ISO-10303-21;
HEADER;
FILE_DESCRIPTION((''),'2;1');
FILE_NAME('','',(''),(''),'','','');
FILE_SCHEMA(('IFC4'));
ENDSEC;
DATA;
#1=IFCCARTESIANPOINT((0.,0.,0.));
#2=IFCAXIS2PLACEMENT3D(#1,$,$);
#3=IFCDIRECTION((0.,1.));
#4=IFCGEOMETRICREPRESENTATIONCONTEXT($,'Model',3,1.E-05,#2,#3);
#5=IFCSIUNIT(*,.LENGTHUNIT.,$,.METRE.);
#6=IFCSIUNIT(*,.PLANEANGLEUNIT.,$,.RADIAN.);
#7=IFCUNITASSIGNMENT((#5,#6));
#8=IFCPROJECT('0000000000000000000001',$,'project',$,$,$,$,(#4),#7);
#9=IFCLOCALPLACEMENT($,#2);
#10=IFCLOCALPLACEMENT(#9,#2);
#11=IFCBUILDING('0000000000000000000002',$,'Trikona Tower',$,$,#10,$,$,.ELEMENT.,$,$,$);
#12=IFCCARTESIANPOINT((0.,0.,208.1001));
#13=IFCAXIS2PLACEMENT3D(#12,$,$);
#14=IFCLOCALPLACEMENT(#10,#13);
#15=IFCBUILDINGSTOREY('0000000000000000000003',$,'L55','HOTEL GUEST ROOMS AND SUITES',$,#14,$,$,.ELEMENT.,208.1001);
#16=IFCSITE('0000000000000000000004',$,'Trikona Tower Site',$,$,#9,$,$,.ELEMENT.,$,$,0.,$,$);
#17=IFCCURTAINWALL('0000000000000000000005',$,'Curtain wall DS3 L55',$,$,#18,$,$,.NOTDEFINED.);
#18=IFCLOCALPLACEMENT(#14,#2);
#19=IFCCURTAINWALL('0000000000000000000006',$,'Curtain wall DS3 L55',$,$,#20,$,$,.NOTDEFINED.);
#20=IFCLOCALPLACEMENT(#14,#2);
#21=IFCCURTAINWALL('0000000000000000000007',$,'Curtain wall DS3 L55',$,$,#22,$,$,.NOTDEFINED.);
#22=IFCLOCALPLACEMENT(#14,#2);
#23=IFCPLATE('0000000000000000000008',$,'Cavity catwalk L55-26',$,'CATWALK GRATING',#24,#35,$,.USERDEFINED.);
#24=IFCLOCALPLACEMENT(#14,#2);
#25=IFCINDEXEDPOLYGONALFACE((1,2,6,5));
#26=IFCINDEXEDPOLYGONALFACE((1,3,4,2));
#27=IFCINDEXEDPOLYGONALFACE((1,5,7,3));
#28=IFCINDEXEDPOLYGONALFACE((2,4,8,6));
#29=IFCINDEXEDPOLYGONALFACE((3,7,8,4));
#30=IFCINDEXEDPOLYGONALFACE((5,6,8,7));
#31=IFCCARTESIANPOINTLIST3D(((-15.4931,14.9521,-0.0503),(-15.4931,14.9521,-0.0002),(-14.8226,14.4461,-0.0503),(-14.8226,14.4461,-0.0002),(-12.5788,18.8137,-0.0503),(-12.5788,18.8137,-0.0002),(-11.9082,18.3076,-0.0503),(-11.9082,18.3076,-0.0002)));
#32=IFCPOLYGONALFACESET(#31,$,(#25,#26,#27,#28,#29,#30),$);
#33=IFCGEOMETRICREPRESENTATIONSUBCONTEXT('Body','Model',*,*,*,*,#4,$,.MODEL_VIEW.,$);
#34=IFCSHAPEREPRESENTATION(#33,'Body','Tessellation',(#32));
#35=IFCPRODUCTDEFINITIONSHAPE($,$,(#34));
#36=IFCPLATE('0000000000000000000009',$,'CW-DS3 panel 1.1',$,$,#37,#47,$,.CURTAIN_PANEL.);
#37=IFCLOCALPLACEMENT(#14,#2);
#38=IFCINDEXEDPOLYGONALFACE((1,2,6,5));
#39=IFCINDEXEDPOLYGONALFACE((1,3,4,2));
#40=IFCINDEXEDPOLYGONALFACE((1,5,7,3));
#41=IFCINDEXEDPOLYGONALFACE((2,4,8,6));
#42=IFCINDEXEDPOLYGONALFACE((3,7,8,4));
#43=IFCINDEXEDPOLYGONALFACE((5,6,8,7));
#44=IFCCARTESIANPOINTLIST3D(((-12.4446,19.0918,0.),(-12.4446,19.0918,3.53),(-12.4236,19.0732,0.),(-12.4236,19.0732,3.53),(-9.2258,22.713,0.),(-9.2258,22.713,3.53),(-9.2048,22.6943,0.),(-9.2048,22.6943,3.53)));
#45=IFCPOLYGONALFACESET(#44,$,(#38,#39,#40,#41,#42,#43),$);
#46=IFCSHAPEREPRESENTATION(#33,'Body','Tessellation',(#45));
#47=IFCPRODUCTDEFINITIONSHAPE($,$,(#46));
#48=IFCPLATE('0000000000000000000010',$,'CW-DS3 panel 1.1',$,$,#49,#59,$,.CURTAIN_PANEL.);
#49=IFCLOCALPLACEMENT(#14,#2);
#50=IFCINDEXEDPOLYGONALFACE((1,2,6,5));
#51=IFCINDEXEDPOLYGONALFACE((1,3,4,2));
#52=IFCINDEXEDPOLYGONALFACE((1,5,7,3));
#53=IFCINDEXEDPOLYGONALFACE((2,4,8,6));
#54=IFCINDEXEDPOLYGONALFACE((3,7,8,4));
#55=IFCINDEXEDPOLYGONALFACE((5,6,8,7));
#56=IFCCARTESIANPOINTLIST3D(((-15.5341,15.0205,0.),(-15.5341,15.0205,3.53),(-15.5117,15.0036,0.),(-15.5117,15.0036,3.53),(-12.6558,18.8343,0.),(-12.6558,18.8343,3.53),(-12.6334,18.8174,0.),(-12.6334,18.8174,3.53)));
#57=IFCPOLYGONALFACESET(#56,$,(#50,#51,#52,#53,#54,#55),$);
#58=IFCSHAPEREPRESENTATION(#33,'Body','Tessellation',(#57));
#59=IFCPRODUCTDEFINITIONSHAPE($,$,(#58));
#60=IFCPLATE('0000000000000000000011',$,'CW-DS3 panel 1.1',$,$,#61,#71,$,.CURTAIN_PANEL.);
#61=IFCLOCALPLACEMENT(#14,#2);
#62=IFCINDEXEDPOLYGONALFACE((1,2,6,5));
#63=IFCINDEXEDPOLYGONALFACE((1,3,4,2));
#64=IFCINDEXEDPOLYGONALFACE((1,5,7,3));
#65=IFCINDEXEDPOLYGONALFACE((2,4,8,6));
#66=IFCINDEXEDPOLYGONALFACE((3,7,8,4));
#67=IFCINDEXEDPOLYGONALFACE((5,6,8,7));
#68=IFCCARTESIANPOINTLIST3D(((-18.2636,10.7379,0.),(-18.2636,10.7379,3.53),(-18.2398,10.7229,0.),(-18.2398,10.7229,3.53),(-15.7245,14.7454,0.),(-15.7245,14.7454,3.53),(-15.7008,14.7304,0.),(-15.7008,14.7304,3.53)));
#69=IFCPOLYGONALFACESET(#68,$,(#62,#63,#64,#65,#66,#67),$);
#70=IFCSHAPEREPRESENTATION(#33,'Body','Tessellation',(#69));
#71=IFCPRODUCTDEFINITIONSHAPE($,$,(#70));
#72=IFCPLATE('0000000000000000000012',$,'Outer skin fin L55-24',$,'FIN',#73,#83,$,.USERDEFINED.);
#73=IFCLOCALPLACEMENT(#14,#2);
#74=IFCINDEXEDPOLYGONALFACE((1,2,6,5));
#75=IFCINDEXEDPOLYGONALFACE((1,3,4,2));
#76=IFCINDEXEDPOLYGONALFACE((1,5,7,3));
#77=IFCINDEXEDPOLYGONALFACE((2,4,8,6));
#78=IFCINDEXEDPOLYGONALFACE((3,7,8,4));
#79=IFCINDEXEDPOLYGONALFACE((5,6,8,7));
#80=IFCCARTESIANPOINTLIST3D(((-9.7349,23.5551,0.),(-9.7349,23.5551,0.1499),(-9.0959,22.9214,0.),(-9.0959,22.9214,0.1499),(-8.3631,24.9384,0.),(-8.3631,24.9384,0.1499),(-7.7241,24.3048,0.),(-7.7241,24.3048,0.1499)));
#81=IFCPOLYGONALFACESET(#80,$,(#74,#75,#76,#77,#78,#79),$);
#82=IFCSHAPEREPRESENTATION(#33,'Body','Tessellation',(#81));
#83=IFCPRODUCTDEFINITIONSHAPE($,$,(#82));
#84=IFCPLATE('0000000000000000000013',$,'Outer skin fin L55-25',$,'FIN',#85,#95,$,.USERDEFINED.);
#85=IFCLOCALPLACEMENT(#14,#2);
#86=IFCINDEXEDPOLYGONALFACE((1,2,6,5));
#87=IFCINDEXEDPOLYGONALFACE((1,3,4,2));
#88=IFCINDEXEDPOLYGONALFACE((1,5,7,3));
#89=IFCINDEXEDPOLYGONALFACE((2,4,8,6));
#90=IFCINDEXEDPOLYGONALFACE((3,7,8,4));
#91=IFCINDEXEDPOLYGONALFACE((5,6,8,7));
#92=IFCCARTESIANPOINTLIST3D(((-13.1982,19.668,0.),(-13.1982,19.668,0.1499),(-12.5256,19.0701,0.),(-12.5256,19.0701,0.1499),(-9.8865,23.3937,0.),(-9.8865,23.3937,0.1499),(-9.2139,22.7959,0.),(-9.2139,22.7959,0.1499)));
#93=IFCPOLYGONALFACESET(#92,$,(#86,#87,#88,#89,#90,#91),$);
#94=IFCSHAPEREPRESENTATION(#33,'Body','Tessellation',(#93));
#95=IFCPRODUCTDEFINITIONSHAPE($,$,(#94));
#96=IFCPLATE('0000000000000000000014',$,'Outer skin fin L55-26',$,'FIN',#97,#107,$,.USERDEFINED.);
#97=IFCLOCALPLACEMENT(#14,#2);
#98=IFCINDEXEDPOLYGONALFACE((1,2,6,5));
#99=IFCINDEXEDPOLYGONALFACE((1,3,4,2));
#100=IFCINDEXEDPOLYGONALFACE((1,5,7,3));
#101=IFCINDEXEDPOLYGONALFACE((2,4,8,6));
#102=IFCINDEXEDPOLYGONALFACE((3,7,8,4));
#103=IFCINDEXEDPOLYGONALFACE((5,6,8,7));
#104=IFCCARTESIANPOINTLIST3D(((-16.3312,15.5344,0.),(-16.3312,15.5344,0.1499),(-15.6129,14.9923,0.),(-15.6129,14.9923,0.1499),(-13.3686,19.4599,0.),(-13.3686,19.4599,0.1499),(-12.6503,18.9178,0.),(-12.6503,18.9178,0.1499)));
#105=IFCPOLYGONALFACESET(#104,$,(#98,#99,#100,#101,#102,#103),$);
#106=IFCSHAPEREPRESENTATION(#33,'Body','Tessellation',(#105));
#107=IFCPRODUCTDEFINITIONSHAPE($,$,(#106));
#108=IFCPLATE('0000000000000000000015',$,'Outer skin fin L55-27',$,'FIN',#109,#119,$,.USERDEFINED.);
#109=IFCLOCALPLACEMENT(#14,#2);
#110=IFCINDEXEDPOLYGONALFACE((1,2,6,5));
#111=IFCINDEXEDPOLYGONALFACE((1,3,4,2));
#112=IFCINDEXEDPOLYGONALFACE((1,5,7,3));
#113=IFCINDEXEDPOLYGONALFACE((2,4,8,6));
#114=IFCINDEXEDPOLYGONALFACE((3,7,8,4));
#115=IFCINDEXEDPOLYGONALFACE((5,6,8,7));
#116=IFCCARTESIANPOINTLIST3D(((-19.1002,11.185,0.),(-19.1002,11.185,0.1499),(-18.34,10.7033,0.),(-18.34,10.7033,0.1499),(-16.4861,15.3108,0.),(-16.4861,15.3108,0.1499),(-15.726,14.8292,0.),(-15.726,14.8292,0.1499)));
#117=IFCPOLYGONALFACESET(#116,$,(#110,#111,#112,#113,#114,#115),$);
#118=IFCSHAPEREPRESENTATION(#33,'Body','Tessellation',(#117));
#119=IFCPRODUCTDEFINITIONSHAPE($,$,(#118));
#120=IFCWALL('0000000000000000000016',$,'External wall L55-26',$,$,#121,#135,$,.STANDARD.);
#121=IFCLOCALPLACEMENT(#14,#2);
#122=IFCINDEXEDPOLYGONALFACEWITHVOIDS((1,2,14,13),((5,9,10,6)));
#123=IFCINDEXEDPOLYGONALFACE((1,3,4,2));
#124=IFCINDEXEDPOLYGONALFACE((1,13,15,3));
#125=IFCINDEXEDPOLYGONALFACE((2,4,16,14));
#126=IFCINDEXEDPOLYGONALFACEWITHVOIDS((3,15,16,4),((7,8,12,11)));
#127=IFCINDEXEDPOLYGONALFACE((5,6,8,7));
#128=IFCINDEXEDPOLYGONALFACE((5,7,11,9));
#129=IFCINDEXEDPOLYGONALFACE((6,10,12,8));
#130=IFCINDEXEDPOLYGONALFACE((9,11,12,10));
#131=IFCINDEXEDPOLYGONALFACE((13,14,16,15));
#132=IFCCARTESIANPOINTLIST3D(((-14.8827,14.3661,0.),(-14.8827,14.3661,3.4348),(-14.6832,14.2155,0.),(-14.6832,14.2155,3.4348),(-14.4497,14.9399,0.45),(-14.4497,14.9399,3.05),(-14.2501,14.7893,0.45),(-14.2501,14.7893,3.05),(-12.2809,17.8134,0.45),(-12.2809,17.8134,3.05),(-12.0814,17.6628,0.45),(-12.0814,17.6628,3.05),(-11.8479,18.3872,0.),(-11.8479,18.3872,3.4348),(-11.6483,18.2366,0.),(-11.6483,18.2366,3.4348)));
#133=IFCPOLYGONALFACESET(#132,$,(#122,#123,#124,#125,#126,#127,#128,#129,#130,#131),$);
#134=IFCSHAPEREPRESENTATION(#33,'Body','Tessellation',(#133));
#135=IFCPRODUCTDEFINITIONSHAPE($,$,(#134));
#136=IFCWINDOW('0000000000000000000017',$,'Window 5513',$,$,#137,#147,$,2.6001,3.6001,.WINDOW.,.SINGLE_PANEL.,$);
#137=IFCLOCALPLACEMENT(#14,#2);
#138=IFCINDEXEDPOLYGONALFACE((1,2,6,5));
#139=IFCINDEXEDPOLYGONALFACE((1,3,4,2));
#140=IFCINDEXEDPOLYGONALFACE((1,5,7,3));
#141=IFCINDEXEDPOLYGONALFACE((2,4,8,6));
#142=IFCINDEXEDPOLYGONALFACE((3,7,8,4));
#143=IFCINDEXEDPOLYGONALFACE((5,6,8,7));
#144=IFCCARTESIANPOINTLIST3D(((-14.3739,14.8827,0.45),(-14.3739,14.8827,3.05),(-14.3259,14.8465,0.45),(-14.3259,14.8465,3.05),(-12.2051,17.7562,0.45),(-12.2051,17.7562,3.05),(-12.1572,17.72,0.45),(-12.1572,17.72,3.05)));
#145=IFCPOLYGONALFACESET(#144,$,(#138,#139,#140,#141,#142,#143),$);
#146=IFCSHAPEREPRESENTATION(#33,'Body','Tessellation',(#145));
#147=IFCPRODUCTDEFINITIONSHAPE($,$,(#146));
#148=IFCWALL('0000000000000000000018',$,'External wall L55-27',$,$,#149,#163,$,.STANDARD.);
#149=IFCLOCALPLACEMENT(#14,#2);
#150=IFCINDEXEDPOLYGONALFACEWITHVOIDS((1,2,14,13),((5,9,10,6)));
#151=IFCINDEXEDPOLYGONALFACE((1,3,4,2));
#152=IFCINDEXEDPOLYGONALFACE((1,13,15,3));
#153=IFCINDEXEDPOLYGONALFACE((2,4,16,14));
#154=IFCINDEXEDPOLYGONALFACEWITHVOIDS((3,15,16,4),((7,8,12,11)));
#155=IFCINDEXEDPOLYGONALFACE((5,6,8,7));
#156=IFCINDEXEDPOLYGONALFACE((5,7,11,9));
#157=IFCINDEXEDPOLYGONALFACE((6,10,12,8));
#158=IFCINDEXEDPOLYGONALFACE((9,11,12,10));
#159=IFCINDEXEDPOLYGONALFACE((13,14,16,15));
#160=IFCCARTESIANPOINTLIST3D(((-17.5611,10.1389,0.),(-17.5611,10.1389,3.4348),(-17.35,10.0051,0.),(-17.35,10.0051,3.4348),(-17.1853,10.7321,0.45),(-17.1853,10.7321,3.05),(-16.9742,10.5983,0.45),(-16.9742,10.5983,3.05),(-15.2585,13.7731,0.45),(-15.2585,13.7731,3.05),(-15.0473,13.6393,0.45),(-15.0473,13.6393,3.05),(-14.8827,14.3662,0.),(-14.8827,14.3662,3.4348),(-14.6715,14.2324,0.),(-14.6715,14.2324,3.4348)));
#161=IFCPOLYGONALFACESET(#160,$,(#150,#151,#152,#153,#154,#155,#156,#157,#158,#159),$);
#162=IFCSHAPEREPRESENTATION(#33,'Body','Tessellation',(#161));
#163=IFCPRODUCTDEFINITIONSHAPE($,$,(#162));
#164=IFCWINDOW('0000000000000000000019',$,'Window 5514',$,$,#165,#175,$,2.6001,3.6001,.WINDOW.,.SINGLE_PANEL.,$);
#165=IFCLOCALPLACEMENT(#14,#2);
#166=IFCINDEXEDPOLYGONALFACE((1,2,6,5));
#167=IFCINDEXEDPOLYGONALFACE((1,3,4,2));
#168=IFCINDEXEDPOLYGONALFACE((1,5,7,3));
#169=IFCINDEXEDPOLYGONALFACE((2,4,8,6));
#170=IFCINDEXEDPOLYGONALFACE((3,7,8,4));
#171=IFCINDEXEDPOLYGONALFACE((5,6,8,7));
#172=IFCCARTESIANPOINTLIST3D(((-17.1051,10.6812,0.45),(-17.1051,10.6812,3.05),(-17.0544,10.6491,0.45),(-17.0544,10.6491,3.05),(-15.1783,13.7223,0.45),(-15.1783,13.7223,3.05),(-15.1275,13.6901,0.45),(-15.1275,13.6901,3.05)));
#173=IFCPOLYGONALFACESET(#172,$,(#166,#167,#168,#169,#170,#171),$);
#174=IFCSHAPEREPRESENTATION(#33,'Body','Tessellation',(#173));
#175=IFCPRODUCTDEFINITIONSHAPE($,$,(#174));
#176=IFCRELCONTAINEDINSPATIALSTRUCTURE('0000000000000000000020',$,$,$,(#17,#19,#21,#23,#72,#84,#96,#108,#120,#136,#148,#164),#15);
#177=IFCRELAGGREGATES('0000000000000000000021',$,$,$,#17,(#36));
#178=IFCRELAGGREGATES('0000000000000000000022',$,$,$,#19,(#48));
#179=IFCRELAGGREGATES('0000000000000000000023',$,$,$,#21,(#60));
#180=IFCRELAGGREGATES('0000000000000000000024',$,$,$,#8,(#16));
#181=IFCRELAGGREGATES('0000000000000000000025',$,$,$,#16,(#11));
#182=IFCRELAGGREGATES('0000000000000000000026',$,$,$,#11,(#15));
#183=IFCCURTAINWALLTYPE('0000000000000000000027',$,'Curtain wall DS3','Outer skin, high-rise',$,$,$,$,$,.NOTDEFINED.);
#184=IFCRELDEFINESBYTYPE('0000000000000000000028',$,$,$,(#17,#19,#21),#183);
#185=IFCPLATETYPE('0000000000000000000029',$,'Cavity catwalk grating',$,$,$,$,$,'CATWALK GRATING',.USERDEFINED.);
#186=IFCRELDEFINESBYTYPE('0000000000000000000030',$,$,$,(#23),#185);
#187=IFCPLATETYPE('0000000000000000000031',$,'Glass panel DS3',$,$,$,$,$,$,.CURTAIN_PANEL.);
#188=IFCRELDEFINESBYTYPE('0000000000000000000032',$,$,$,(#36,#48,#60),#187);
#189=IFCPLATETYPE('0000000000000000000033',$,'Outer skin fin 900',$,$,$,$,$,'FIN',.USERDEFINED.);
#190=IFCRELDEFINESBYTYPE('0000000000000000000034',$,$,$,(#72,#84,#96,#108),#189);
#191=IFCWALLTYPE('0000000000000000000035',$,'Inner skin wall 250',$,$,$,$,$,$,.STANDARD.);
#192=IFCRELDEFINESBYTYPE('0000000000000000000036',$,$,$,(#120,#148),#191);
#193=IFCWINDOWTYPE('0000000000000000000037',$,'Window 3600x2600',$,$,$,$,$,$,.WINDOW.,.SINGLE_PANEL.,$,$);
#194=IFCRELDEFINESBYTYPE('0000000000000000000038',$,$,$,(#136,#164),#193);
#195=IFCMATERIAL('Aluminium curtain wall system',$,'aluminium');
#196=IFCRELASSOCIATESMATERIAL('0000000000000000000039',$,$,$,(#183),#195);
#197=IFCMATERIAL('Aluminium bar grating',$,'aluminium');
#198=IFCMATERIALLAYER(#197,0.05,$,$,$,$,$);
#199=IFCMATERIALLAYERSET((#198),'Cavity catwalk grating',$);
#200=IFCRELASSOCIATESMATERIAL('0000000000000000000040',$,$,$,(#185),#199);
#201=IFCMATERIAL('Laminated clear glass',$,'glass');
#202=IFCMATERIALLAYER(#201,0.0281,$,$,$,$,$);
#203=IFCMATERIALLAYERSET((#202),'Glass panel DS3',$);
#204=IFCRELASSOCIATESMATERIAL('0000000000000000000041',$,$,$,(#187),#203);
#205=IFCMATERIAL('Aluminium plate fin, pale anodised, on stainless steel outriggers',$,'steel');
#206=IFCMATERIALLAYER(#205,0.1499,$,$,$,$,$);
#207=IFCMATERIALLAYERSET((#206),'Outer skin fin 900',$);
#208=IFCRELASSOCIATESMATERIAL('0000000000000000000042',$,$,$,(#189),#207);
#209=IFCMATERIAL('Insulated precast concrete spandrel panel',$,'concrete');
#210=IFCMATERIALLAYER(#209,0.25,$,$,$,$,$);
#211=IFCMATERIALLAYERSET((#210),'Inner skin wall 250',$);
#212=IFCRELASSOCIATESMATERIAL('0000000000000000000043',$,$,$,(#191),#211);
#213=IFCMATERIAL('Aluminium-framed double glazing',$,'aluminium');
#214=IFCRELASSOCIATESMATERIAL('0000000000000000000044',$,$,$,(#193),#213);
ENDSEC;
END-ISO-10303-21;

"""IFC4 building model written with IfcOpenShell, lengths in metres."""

from ifc_helpers import new_model, si_unit, direction, frame, frame_2d, origin, origin_2d, place, context, subcontext, project, spatial, rectangle, extrude, material, layer, layer_set, type_object, element, fill, aggregate, save


model = new_model("IFC4")

# Units and contexts
model_context = context("Model", 3, precision=1e-05, world=origin(), true_north=direction((0.0, 1.0)))
body_context = subcontext(model_context, "Body", "Model", "MODEL_VIEW")
ifc_project = project(units=[si_unit("LENGTHUNIT", "METRE"), si_unit("PLANEANGLEUNIT", "RADIAN")], contexts=[model_context])

# Site, building, storey
site_placement = place(None, origin())
site = spatial("IfcSite", under=ifc_project, at=site_placement, Name="Trikona Tower Site", CompositionType="ELEMENT", RefElevation=0.0)
building_placement = place(site_placement, origin())
building = spatial("IfcBuilding", under=site, at=building_placement, Name="Trikona Tower", CompositionType="ELEMENT")
storey_placement = place(building_placement, frame((0.0, 0.0, 208.1001)))
storey = spatial("IfcBuildingStorey", under=building, at=storey_placement, Name="L55", Description="HOTEL GUEST ROOMS AND SUITES", CompositionType="ELEMENT", Elevation=208.1001)

# Shared definitions
ifc_material_1 = material(Name="Aluminium curtain wall system", Category="aluminium")
curtain_wall_type = type_object("IfcCurtainWallType", Name="Curtain wall DS3", Description="Outer skin, high-rise", PredefinedType="NOTDEFINED", material=ifc_material_1)

# Curtain walls
curtain_wall_1_placement = place(storey_placement, origin())
curtain_wall_1 = element("IfcCurtainWall", 1, at=curtain_wall_1_placement, inside=storey, type_object=curtain_wall_type, Name="Curtain wall DS3 L55", PredefinedType="NOTDEFINED")
curtain_wall_2_placement = place(storey_placement, origin())
curtain_wall_2 = element("IfcCurtainWall", 2, at=curtain_wall_2_placement, inside=storey, type_object=curtain_wall_type, Name="Curtain wall DS3 L55", PredefinedType="NOTDEFINED")

# Curtain wall
curtain_wall_3_placement = place(storey_placement, origin())
curtain_wall_3 = element("IfcCurtainWall", 3, at=curtain_wall_3_placement, inside=storey, type_object=curtain_wall_type, Name="Curtain wall DS3 L55", PredefinedType="NOTDEFINED")

# Plate
ifc_material_2 = material(Name="Aluminium bar grating", Category="aluminium")
ifc_layer_1 = layer(ifc_material_2, 0.05)
ifc_layer_set_1 = layer_set([ifc_layer_1], Name="Cavity catwalk grating")
plate_type_1 = type_object("IfcPlateType", Name="Cavity catwalk grating", ElementType="CATWALK GRATING", PredefinedType="USERDEFINED", material=ifc_layer_set_1)
plate_1_placement = place(storey_placement, frame((-13.7007, 16.6299, -0.0503), z_axis=(0.0, 0.0, 1.0), x_axis=(-0.602402, -0.798193, 0.0)))
element("IfcPlate", 4, at=plate_1_placement, inside=storey, type_object=plate_type_1, Name="Cavity catwalk L55-26", ObjectType="CATWALK GRATING", PredefinedType="USERDEFINED", context=body_context, shape_type="SweptSolid", body=[
    extrude(rectangle(XDim=4.8379, YDim=0.8401, at=origin_2d()), origin(), (0.0, 0.0, 1.0), 0.05),
])

# Plates
ifc_material_3 = material(Name="Laminated clear glass", Category="glass")
ifc_layer_2 = layer(ifc_material_3, 0.0281)
ifc_layer_set_2 = layer_set([ifc_layer_2], Name="Glass panel DS3")
plate_type_2 = type_object("IfcPlateType", Name="Glass panel DS3", PredefinedType="CURTAIN_PANEL", material=ifc_layer_set_2)
plate_2_placement = place(storey_placement, frame((-10.8247, 20.8931, 0.0), z_axis=(0.0, 0.0, 1.0), x_axis=(-0.664371, -0.747403, 0.0)))
plate_2 = element("IfcPlate", 5, at=plate_2_placement, type_object=plate_type_2, Name="CW-DS3 panel 1.1", PredefinedType="CURTAIN_PANEL", context=body_context, shape_type="SweptSolid", body=[
    extrude(rectangle(XDim=4.845, YDim=0.0281, at=origin_2d()), origin(), (0.0, 0.0, 1.0), 3.53),
])
aggregate(curtain_wall_1, [plate_2])
plate_3_placement = place(storey_placement, frame((-14.0837, 16.9189, 0.0), z_axis=(0.0, 0.0, 1.0), x_axis=(-0.602402, -0.798193, 0.0)))
plate_3 = element("IfcPlate", 6, at=plate_3_placement, type_object=plate_type_2, Name="CW-DS3 panel 1.1", PredefinedType="CURTAIN_PANEL", context=body_context, shape_type="SweptSolid", body=[
    extrude(rectangle(XDim=4.7781, YDim=0.0281, at=origin_2d()), origin(), (0.0, 0.0, 1.0), 3.53),
])
aggregate(curtain_wall_2, [plate_3])
plate_4_placement = place(storey_placement, frame((-16.9822, 12.7341, 0.0), z_axis=(0.0, 0.0, 1.0), x_axis=(-0.535197, -0.844727, 0.0)))
plate_4 = element("IfcPlate", 7, at=plate_4_placement, type_object=plate_type_2, Name="CW-DS3 panel 1.1", PredefinedType="CURTAIN_PANEL", context=body_context, shape_type="SweptSolid", body=[
    extrude(rectangle(XDim=4.7441, YDim=0.0281, at=origin_2d()), origin(), (0.0, 0.0, 1.0), 3.53),
])
aggregate(curtain_wall_3, [plate_4])

# Plates
ifc_material_4 = material(Name="Aluminium plate fin, pale anodised, on stainless steel outriggers", Category="steel")
ifc_layer_3 = layer(ifc_material_4, 0.1499)
ifc_layer_set_3 = layer_set([ifc_layer_3], Name="Outer skin fin 900")
plate_type_3 = type_object("IfcPlateType", Name="Outer skin fin 900", ElementType="FIN", PredefinedType="USERDEFINED", material=ifc_layer_set_3)
plate_5_placement = place(storey_placement, frame((-8.7295, 23.9299, 0.0), z_axis=(0.0, 0.0, 1.0), x_axis=(-0.704151, -0.71005, 0.0)))
element("IfcPlate", 8, at=plate_5_placement, inside=storey, type_object=plate_type_3, Name="Outer skin fin L55-24", ObjectType="FIN", PredefinedType="USERDEFINED", context=body_context, shape_type="SweptSolid", body=[
    extrude(rectangle(XDim=1.9482, YDim=0.8999, at=origin_2d()), origin(), (0.0, 0.0, 1.0), 0.1499),
])
plate_6_placement = place(storey_placement, frame((-11.2061, 21.2319, 0.0), z_axis=(0.0, 0.0, 1.0), x_axis=(-0.664367, -0.747406, 0.0)))
element("IfcPlate", 9, at=plate_6_placement, inside=storey, type_object=plate_type_3, Name="Outer skin fin L55-25", ObjectType="FIN", PredefinedType="USERDEFINED", context=body_context, shape_type="SweptSolid", body=[
    extrude(rectangle(XDim=4.9849, YDim=0.8999, at=origin_2d()), origin(), (0.0, 0.0, 1.0), 0.1499),
])
plate_7_placement = place(storey_placement, frame((-14.4907, 17.2261, 0.0), z_axis=(0.0, 0.0, 1.0), x_axis=(-0.602402, -0.798193, 0.0)))
element("IfcPlate", 10, at=plate_7_placement, inside=storey, type_object=plate_type_3, Name="Outer skin fin L55-26", ObjectType="FIN", PredefinedType="USERDEFINED", context=body_context, shape_type="SweptSolid", body=[
    extrude(rectangle(XDim=4.918, YDim=0.8999, at=origin_2d()), origin(), (0.0, 0.0, 1.0), 0.1499),
])
plate_8_placement = place(storey_placement, frame((-17.4131, 13.0071, 0.0), z_axis=(0.0, 0.0, 1.0), x_axis=(-0.535205, -0.844722, 0.0)))
element("IfcPlate", 11, at=plate_8_placement, inside=storey, type_object=plate_type_3, Name="Outer skin fin L55-27", ObjectType="FIN", PredefinedType="USERDEFINED", context=body_context, shape_type="SweptSolid", body=[
    extrude(rectangle(XDim=4.8843, YDim=0.8999, at=origin_2d()), origin(), (0.0, 0.0, 1.0), 0.1499),
])

# Walls, openings, windows
ifc_material_5 = material(Name="Insulated precast concrete spandrel panel", Category="concrete")
ifc_layer_4 = layer(ifc_material_5, 0.25)
ifc_layer_set_4 = layer_set([ifc_layer_4], Name="Inner skin wall 250")
wall_type = type_object("IfcWallType", Name="Inner skin wall 250", PredefinedType="STANDARD", material=ifc_layer_set_4)
wall_1_placement = place(storey_placement, frame((-11.748, 18.312, 0.0), z_axis=(0.0, 0.0, 1.0), x_axis=(-0.602409, -0.798188, 0.0)))
wall_1 = element("IfcWall", 12, at=wall_1_placement, inside=storey, type_object=wall_type, Name="External wall L55-26", PredefinedType="STANDARD", context=body_context, shape_type="SweptSolid", body=[
    extrude(rectangle(XDim=5.0378, YDim=0.25, at=frame_2d((2.519, 0.0))), origin(), (0.0, 0.0, 1.0), 3.4348),
])
opening_1_placement = place(wall_1_placement, frame((0.719, 0.0, 0.45)))
opening_1 = element("IfcOpeningElement", 13, at=opening_1_placement, cuts=wall_1, PredefinedType="OPENING", context=body_context, shape_type="SweptSolid", body=[
    extrude(rectangle(XDim=3.6001, YDim=2.6001, at=frame_2d((1.8, 1.3))), frame((0.0, 0.135, 0.0), z_axis=(0.0, -1.0, 0.0), x_axis=(1.0, 0.0, 0.0)), (0.0, 0.0, 1.0), 0.27),
])
ifc_material_6 = material(Name="Aluminium-framed double glazing", Category="aluminium")
window_type = type_object("IfcWindowType", Name="Window 3600x2600", PartitioningType="SINGLE_PANEL", PredefinedType="WINDOW", material=ifc_material_6)
window_1_placement = place(opening_1_placement, origin())
window_1 = element("IfcWindow", 14, at=window_1_placement, inside=storey, type_object=window_type, Name="Window 5513", OverallHeight=2.6001, OverallWidth=3.6001, PartitioningType="SINGLE_PANEL", PredefinedType="WINDOW", context=body_context, shape_type="SweptSolid", body=[
    extrude(rectangle(XDim=3.6001, YDim=2.6001, at=frame_2d((1.8, 1.3))), frame((0.0, 0.03, 0.0), z_axis=(0.0, -1.0, 0.0), x_axis=(1.0, 0.0, 0.0)), (0.0, 0.0, 1.0), 0.0601),
])
fill(opening_1, window_1)
wall_2_placement = place(storey_placement, frame((-14.7771, 14.2993, 0.0), z_axis=(0.0, 0.0, 1.0), x_axis=(-0.53522, -0.844712, 0.0)))
wall_2 = element("IfcWall", 15, at=wall_2_placement, inside=storey, type_object=wall_type, Name="External wall L55-27", PredefinedType="STANDARD", context=body_context, shape_type="SweptSolid", body=[
    extrude(rectangle(XDim=5.0044, YDim=0.25, at=frame_2d((2.5022, 0.0))), origin(), (0.0, 0.0, 1.0), 3.4348),
])
opening_2_placement = place(wall_2_placement, frame((0.7021, 0.0, 0.45)))
opening_2 = element("IfcOpeningElement", 16, at=opening_2_placement, cuts=wall_2, PredefinedType="OPENING", context=body_context, shape_type="SweptSolid", body=[
    extrude(rectangle(XDim=3.6001, YDim=2.6001, at=frame_2d((1.8, 1.3))), frame((0.0, 0.135, 0.0), z_axis=(0.0, -1.0, 0.0), x_axis=(1.0, 0.0, 0.0)), (0.0, 0.0, 1.0), 0.27),
])
window_2_placement = place(opening_2_placement, origin())
window_2 = element("IfcWindow", 17, at=window_2_placement, inside=storey, type_object=window_type, Name="Window 5514", OverallHeight=2.6001, OverallWidth=3.6001, PartitioningType="SINGLE_PANEL", PredefinedType="WINDOW", context=body_context, shape_type="SweptSolid", body=[
    extrude(rectangle(XDim=3.6001, YDim=2.6001, at=frame_2d((1.8, 1.3))), frame((0.0, 0.03, 0.0), z_axis=(0.0, -1.0, 0.0), x_axis=(1.0, 0.0, 0.0)), (0.0, 0.0, 1.0), 0.0601),
])
fill(opening_2, window_2)

save(model, "model.ifc")
